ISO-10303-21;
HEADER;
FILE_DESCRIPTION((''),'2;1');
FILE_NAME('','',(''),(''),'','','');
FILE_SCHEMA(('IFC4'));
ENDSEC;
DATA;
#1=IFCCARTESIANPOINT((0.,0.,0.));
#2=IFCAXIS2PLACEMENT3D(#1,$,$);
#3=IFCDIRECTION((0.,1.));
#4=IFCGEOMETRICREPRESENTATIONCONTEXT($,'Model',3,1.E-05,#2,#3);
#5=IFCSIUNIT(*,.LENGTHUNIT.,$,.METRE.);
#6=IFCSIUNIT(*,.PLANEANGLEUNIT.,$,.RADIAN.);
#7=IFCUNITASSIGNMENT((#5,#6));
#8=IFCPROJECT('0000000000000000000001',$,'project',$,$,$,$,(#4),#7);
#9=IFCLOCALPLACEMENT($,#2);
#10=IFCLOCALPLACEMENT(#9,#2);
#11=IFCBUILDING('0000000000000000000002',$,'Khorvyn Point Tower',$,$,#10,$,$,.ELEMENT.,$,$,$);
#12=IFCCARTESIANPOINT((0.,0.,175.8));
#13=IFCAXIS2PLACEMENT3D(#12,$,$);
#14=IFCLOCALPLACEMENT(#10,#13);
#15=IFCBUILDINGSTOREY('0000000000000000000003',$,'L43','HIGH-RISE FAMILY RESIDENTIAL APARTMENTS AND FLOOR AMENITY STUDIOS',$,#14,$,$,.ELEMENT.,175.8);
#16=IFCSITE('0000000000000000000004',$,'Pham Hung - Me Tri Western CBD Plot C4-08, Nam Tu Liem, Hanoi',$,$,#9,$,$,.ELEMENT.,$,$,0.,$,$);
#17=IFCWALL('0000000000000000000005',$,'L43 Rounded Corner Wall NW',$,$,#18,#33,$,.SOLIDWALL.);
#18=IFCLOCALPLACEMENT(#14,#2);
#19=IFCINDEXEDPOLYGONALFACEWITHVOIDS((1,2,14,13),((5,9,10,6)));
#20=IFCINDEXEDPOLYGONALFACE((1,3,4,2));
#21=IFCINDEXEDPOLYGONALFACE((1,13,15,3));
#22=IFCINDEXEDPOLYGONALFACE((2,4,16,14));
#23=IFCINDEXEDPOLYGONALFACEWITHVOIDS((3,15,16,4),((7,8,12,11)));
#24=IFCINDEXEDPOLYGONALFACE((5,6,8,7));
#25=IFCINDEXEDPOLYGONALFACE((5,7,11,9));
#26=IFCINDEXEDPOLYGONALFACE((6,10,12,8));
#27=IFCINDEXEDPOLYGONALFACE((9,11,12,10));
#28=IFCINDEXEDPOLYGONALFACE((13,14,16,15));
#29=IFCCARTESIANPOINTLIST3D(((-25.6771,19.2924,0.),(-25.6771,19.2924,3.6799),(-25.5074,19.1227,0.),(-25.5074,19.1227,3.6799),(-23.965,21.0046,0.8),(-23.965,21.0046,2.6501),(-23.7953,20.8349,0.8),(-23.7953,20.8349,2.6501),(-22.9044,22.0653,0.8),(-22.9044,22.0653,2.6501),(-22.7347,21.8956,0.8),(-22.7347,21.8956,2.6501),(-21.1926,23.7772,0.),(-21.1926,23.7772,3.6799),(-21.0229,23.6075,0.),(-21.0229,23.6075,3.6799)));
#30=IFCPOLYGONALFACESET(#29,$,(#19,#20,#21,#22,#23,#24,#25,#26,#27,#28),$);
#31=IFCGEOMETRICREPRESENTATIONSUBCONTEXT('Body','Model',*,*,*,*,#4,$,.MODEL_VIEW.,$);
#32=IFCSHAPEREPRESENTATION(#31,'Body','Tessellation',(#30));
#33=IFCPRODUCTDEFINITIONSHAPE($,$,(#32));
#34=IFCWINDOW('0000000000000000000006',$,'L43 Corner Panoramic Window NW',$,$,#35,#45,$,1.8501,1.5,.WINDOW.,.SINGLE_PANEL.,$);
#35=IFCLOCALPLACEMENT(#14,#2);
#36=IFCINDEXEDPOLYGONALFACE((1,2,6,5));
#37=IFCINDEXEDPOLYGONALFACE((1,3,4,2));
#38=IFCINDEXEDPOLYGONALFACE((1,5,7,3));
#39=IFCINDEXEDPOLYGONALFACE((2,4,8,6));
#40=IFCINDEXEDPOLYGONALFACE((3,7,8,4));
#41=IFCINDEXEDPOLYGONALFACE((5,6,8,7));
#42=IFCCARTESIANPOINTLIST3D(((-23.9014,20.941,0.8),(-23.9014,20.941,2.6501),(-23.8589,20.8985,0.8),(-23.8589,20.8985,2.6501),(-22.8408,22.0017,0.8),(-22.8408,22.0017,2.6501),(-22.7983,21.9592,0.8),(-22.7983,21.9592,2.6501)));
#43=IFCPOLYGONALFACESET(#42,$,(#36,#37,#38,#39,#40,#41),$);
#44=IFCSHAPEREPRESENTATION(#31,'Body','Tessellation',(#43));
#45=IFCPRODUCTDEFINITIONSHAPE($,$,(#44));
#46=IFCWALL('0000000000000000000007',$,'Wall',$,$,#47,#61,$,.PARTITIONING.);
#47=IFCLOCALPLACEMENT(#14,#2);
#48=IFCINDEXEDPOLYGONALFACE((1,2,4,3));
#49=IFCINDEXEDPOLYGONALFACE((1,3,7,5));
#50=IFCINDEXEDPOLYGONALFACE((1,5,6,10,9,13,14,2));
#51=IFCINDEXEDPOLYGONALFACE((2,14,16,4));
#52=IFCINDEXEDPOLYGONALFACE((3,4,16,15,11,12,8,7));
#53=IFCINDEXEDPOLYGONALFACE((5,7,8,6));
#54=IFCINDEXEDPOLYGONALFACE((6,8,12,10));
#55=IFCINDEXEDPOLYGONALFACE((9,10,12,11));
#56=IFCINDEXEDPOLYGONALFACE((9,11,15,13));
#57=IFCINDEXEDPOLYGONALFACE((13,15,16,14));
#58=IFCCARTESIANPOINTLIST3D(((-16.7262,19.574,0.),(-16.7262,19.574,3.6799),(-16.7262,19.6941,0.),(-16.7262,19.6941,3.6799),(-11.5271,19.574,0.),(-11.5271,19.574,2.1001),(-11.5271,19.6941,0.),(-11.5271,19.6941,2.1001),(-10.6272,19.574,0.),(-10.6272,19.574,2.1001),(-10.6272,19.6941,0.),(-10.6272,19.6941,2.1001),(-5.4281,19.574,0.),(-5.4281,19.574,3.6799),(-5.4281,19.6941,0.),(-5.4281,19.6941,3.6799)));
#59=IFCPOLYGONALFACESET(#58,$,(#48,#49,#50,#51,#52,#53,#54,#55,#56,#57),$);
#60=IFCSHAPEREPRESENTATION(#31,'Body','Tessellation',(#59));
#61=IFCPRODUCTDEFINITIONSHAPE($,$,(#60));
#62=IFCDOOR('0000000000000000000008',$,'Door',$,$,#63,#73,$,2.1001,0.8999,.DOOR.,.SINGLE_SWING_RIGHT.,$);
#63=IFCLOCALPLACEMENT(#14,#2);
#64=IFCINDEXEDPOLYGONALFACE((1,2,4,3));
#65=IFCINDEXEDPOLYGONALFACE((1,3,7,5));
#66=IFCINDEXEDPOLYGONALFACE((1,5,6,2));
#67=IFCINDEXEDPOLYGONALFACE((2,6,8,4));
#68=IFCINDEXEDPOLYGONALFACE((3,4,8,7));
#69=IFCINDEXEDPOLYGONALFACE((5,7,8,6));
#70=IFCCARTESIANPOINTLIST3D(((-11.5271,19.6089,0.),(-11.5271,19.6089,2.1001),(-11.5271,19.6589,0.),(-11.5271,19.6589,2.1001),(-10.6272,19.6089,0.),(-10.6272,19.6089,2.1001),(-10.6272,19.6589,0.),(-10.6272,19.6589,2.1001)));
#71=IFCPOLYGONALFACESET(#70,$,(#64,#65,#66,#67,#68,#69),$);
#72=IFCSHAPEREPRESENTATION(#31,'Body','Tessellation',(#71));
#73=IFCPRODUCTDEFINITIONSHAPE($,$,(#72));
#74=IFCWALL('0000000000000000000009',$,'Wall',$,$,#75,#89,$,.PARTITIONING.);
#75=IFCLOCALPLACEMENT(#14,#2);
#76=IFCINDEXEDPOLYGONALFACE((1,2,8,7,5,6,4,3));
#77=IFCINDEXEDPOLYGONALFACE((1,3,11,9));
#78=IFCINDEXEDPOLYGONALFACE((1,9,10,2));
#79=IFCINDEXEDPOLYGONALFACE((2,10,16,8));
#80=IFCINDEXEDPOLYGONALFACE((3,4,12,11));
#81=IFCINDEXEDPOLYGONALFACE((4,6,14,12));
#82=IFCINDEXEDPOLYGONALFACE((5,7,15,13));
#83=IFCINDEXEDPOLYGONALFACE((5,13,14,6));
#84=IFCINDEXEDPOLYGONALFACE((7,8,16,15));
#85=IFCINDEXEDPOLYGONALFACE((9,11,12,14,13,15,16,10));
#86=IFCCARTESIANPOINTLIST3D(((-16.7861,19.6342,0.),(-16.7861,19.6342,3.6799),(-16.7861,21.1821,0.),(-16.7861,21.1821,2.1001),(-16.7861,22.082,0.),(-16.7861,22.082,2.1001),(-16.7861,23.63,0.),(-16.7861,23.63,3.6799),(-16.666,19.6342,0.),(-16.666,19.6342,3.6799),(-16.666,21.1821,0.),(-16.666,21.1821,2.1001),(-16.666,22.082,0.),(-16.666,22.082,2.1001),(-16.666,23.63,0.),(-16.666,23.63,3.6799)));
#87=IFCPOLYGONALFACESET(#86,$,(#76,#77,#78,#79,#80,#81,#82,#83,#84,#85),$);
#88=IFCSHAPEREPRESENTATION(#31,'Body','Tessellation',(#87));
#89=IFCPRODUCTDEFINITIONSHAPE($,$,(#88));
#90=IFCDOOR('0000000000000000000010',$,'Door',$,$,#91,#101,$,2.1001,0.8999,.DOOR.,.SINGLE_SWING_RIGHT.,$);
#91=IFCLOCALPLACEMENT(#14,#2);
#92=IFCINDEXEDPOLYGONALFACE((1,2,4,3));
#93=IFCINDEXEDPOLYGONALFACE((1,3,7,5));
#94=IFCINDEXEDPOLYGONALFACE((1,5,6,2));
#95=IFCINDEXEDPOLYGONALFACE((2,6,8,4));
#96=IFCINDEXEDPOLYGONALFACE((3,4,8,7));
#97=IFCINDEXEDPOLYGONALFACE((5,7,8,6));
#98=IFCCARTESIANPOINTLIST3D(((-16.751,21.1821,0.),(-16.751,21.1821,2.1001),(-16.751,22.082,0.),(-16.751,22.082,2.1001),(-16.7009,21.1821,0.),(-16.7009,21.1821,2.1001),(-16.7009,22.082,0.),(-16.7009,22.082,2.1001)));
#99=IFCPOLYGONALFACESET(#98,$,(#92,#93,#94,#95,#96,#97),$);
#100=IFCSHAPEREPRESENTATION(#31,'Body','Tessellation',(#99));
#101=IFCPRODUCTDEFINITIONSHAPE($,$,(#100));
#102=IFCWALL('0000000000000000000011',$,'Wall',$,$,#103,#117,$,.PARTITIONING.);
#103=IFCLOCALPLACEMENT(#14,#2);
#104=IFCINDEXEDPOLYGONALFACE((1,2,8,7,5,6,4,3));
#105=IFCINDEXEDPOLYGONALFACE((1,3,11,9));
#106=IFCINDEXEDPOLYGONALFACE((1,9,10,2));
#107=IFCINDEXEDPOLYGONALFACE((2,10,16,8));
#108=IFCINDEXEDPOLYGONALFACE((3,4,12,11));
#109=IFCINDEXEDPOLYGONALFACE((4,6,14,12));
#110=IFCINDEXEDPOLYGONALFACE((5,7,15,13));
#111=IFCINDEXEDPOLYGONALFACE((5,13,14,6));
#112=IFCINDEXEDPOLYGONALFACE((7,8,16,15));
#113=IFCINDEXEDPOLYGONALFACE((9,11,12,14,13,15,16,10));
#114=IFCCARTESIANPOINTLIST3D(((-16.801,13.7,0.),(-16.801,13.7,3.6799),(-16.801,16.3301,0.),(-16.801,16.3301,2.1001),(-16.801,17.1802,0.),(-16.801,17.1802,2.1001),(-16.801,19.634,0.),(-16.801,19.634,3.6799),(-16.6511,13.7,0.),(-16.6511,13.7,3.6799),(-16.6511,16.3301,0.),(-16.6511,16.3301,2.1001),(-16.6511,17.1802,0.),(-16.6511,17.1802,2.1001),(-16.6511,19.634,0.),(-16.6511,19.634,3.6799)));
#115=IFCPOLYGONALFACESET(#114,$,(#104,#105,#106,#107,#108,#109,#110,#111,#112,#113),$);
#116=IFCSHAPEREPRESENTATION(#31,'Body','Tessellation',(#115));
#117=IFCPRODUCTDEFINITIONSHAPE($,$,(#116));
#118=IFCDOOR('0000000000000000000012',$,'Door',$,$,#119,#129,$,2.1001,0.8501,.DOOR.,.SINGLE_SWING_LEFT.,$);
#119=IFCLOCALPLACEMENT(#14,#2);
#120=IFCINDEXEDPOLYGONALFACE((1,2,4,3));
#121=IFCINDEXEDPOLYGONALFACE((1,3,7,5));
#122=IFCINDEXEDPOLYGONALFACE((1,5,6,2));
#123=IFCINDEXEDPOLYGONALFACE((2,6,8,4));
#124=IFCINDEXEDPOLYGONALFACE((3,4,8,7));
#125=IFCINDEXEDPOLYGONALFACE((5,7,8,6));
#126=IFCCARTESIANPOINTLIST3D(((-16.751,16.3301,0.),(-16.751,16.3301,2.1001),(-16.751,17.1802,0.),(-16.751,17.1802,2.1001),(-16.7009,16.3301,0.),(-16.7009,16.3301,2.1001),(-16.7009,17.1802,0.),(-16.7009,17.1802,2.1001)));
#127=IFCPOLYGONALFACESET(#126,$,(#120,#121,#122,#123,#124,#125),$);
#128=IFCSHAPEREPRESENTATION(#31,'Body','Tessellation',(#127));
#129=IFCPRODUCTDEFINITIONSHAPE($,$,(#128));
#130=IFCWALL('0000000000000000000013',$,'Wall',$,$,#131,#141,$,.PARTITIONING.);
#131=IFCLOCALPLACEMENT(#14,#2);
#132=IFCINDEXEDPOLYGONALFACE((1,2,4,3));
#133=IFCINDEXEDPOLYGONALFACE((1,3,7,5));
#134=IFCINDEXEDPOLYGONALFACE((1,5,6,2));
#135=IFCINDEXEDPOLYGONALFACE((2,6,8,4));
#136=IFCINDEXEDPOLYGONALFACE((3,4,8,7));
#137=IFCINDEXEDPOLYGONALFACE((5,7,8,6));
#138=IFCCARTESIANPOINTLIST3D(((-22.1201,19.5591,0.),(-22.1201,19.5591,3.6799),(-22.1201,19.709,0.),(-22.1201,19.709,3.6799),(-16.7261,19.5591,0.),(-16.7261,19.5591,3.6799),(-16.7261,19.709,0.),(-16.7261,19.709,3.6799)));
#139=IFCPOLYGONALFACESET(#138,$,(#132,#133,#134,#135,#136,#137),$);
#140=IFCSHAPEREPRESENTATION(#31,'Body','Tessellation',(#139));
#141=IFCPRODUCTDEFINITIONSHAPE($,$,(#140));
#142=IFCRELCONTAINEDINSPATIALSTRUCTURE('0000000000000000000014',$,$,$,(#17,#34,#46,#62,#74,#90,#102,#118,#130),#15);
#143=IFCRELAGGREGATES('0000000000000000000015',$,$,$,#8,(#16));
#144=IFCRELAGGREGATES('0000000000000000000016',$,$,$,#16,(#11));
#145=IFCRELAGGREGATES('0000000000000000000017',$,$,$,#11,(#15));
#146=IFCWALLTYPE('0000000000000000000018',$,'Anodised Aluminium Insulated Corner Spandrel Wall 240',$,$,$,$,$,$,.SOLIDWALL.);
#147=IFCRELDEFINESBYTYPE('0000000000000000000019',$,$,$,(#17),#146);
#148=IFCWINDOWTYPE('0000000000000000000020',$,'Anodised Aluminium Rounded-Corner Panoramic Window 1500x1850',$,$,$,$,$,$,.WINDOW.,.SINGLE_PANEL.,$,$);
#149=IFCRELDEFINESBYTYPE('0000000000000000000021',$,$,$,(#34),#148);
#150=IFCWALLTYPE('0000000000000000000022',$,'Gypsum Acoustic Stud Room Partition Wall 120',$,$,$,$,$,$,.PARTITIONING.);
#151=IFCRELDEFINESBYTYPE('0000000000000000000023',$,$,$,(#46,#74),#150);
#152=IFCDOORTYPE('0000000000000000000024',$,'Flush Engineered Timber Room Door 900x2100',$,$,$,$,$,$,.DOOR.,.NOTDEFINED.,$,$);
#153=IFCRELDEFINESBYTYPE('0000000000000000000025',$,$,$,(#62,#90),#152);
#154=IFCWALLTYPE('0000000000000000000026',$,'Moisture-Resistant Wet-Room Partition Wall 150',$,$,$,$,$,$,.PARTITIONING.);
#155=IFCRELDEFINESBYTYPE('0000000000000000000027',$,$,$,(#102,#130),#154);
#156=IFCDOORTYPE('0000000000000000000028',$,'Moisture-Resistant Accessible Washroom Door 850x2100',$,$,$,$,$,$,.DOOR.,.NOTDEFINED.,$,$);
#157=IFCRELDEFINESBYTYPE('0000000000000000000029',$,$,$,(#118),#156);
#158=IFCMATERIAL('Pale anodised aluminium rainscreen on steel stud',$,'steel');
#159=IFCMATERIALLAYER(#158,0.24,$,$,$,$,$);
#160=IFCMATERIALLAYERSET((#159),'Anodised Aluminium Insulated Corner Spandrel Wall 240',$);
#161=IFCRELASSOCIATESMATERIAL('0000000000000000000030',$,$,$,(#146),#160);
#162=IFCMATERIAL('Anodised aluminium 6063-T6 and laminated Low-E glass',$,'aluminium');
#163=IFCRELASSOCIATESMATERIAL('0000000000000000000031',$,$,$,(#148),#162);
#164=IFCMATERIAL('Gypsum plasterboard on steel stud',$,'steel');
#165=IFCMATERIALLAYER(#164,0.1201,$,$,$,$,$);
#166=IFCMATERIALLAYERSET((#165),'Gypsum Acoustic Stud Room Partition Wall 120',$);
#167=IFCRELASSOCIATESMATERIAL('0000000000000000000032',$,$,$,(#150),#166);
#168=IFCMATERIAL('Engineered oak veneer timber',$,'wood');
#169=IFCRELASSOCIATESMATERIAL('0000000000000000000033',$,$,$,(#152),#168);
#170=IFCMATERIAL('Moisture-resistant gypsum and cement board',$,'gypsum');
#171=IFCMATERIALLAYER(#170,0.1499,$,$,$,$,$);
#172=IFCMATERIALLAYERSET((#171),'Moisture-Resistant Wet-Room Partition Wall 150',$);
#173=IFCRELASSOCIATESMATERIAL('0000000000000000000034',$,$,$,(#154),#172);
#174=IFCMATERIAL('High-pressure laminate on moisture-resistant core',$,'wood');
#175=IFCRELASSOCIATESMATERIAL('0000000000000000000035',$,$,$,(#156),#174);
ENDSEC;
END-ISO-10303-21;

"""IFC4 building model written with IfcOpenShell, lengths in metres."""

from ifc_helpers import new_model, si_unit, direction, frame, frame_2d, origin, place, context, subcontext, project, spatial, rectangle, extrude, material, layer, layer_set, type_object, element, fill, save


model = new_model("IFC4")

# Units and contexts
model_context = context("Model", 3, precision=1e-05, world=origin(), true_north=direction((0.0, 1.0)))
body_context = subcontext(model_context, "Body", "Model", "MODEL_VIEW")
ifc_project = project(units=[si_unit("LENGTHUNIT", "METRE"), si_unit("PLANEANGLEUNIT", "RADIAN")], contexts=[model_context])

# Site, building, storey
site_placement = place(None, origin())
site = spatial("IfcSite", under=ifc_project, at=site_placement, Name="Pham Hung - Me Tri Western CBD Plot C4-08, Nam Tu Liem, Hanoi", CompositionType="ELEMENT", RefElevation=0.0)
building_placement = place(site_placement, origin())
building = spatial("IfcBuilding", under=site, at=building_placement, Name="Khorvyn Point Tower", CompositionType="ELEMENT")
storey_placement = place(building_placement, frame((0.0, 0.0, 175.8)))
storey = spatial("IfcBuildingStorey", under=building, at=storey_placement, Name="L43", Description="HIGH-RISE FAMILY RESIDENTIAL APARTMENTS AND FLOOR AMENITY STUDIOS", CompositionType="ELEMENT", Elevation=175.8)

# Shared definitions
ifc_material_1 = material(Name="Anodised aluminium 6063-T6 and laminated Low-E glass", Category="aluminium")

# Wall, opening, window
ifc_material_2 = material(Name="Pale anodised aluminium rainscreen on steel stud", Category="steel")
ifc_layer_1 = layer(ifc_material_2, 0.24)
ifc_layer_set_1 = layer_set([ifc_layer_1], Name="Anodised Aluminium Insulated Corner Spandrel Wall 240")
wall_type_1 = type_object("IfcWallType", Name="Anodised Aluminium Insulated Corner Spandrel Wall 240", PredefinedType="SOLIDWALL", material=ifc_layer_set_1)
wall_1_placement = place(storey_placement, frame((-25.5923, 19.2075, 0.0), z_axis=(0.0, 0.0, 1.0), x_axis=(0.707088, 0.707126, 0.0)))
wall_1 = element("IfcWall", 1, at=wall_1_placement, inside=storey, type_object=wall_type_1, Name="L43 Rounded Corner Wall NW", PredefinedType="SOLIDWALL", context=body_context, shape_type="SweptSolid", body=[
    extrude(rectangle(XDim=6.3423, YDim=0.24, at=frame_2d((3.1711, 0.0))), origin(), (0.0, 0.0, 1.0), 3.6799),
])
opening_1_placement = place(wall_1_placement, frame((2.4214, 0.0, 0.8)))
opening_1 = element("IfcOpeningElement", 2, at=opening_1_placement, cuts=wall_1, PredefinedType="OPENING", context=body_context, shape_type="SweptSolid", body=[
    extrude(rectangle(XDim=1.5, YDim=1.8501, at=frame_2d((0.75, 0.925))), frame((0.0, 0.1299, 0.0), z_axis=(0.0, -1.0, 0.0), x_axis=(1.0, 0.0, 0.0)), (0.0, 0.0, 1.0), 0.26),
])
window_type = type_object("IfcWindowType", Name="Anodised Aluminium Rounded-Corner Panoramic Window 1500x1850", PartitioningType="SINGLE_PANEL", PredefinedType="WINDOW", material=ifc_material_1)
window_placement = place(opening_1_placement, origin())
window = element("IfcWindow", 3, at=window_placement, inside=storey, type_object=window_type, Name="L43 Corner Panoramic Window NW", OverallHeight=1.8501, OverallWidth=1.5, PartitioningType="SINGLE_PANEL", PredefinedType="WINDOW", context=body_context, shape_type="SweptSolid", body=[
    extrude(rectangle(XDim=1.5, YDim=1.8501, at=frame_2d((0.75, 0.925))), frame((0.0, 0.03, 0.0), z_axis=(0.0, -1.0, 0.0), x_axis=(1.0, 0.0, 0.0)), (0.0, 0.0, 1.0), 0.0601),
])
fill(opening_1, window)

# Walls, openings, doors
ifc_material_3 = material(Name="Gypsum plasterboard on steel stud", Category="steel")
ifc_layer_2 = layer(ifc_material_3, 0.1201)
ifc_layer_set_2 = layer_set([ifc_layer_2], Name="Gypsum Acoustic Stud Room Partition Wall 120")
wall_type_2 = type_object("IfcWallType", Name="Gypsum Acoustic Stud Room Partition Wall 120", PredefinedType="PARTITIONING", material=ifc_layer_set_2)
wall_2_placement = place(storey_placement, frame((-16.7261, 19.634, 0.0), z_axis=(0.0, 0.0, 1.0), x_axis=(1.0, 0.0, 0.0)))
wall_2 = element("IfcWall", 4, at=wall_2_placement, inside=storey, type_object=wall_type_2, Name="Wall", PredefinedType="PARTITIONING", context=body_context, shape_type="SweptSolid", body=[
    extrude(rectangle(XDim=11.2981, YDim=0.1201, at=frame_2d((5.6489, 0.0))), origin(), (0.0, 0.0, 1.0), 3.6799),
])
opening_2_placement = place(wall_2_placement, frame((5.199, 0.0, 0.0)))
opening_2 = element("IfcOpeningElement", 5, at=opening_2_placement, cuts=wall_2, PredefinedType="OPENING", context=body_context, shape_type="SweptSolid", body=[
    extrude(rectangle(XDim=0.8999, YDim=2.1001, at=frame_2d((0.45, 1.05))), frame((0.0, 0.0701, 0.0), z_axis=(0.0, -1.0, 0.0), x_axis=(1.0, 0.0, 0.0)), (0.0, 0.0, 1.0), 0.1401),
])
ifc_material_4 = material(Name="Engineered oak veneer timber", Category="wood")
door_type_1 = type_object("IfcDoorType", Name="Flush Engineered Timber Room Door 900x2100", OperationType="NOTDEFINED", PredefinedType="DOOR", material=ifc_material_4)
door_1_placement = place(opening_2_placement, origin())
door_1 = element("IfcDoor", 6, at=door_1_placement, inside=storey, type_object=door_type_1, Name="Door", OperationType="SINGLE_SWING_RIGHT", OverallHeight=2.1001, OverallWidth=0.8999, PredefinedType="DOOR", context=body_context, shape_type="SweptSolid", body=[
    extrude(rectangle(XDim=0.8999, YDim=2.1001, at=frame_2d((0.45, 1.05))), frame((0.0, 0.0249, 0.0), z_axis=(0.0, -1.0, 0.0), x_axis=(1.0, 0.0, 0.0)), (0.0, 0.0, 1.0), 0.05),
])
fill(opening_2, door_1)
wall_3_placement = place(storey_placement, frame((-16.7261, 19.634, 0.0), z_axis=(0.0, 0.0, 1.0), x_axis=(0.0, 1.0, 0.0)))
wall_3 = element("IfcWall", 7, at=wall_3_placement, inside=storey, type_object=wall_type_2, Name="Wall", PredefinedType="PARTITIONING", context=body_context, shape_type="SweptSolid", body=[
    extrude(rectangle(XDim=3.9958, YDim=0.1201, at=frame_2d((1.998, 0.0))), origin(), (0.0, 0.0, 1.0), 3.6799),
])
opening_3_placement = place(wall_3_placement, frame((1.5481, 0.0, 0.0)))
opening_3 = element("IfcOpeningElement", 8, at=opening_3_placement, cuts=wall_3, PredefinedType="OPENING", context=body_context, shape_type="SweptSolid", body=[
    extrude(rectangle(XDim=0.8999, YDim=2.1001, at=frame_2d((0.45, 1.05))), frame((0.0, 0.0701, 0.0), z_axis=(0.0, -1.0, 0.0), x_axis=(1.0, 0.0, 0.0)), (0.0, 0.0, 1.0), 0.1401),
])
door_2_placement = place(opening_3_placement, origin())
door_2 = element("IfcDoor", 9, at=door_2_placement, inside=storey, type_object=door_type_1, Name="Door", OperationType="SINGLE_SWING_RIGHT", OverallHeight=2.1001, OverallWidth=0.8999, PredefinedType="DOOR", context=body_context, shape_type="SweptSolid", body=[
    extrude(rectangle(XDim=0.8999, YDim=2.1001, at=frame_2d((0.45, 1.05))), frame((0.0, 0.0249, 0.0), z_axis=(0.0, -1.0, 0.0), x_axis=(1.0, 0.0, 0.0)), (0.0, 0.0, 1.0), 0.05),
])
fill(opening_3, door_2)
ifc_material_5 = material(Name="Moisture-resistant gypsum and cement board", Category="gypsum")
ifc_layer_3 = layer(ifc_material_5, 0.1499)
ifc_layer_set_3 = layer_set([ifc_layer_3], Name="Moisture-Resistant Wet-Room Partition Wall 150")
wall_type_3 = type_object("IfcWallType", Name="Moisture-Resistant Wet-Room Partition Wall 150", PredefinedType="PARTITIONING", material=ifc_layer_set_3)
wall_4_placement = place(storey_placement, frame((-16.7261, 13.7, 0.0), z_axis=(0.0, 0.0, 1.0), x_axis=(0.0, 1.0, 0.0)))
wall_4 = element("IfcWall", 10, at=wall_4_placement, inside=storey, type_object=wall_type_3, Name="Wall", PredefinedType="PARTITIONING", context=body_context, shape_type="SweptSolid", body=[
    extrude(rectangle(XDim=5.9341, YDim=0.1499, at=frame_2d((2.967, 0.0))), origin(), (0.0, 0.0, 1.0), 3.6799),
])
opening_4_placement = place(wall_4_placement, frame((2.6301, 0.0, 0.0)))
opening_4 = element("IfcOpeningElement", 11, at=opening_4_placement, cuts=wall_4, PredefinedType="OPENING", context=body_context, shape_type="SweptSolid", body=[
    extrude(rectangle(XDim=0.8501, YDim=2.1001, at=frame_2d((0.425, 1.05))), frame((0.0, 0.085, 0.0), z_axis=(0.0, -1.0, 0.0), x_axis=(1.0, 0.0, 0.0)), (0.0, 0.0, 1.0), 0.1699),
])
ifc_material_6 = material(Name="High-pressure laminate on moisture-resistant core", Category="wood")
door_type_2 = type_object("IfcDoorType", Name="Moisture-Resistant Accessible Washroom Door 850x2100", OperationType="NOTDEFINED", PredefinedType="DOOR", material=ifc_material_6)
door_3_placement = place(opening_4_placement, origin())
door_3 = element("IfcDoor", 12, at=door_3_placement, inside=storey, type_object=door_type_2, Name="Door", OperationType="SINGLE_SWING_LEFT", OverallHeight=2.1001, OverallWidth=0.8501, PredefinedType="DOOR", context=body_context, shape_type="SweptSolid", body=[
    extrude(rectangle(XDim=0.8501, YDim=2.1001, at=frame_2d((0.425, 1.05))), frame((0.0, 0.0249, 0.0), z_axis=(0.0, -1.0, 0.0), x_axis=(1.0, 0.0, 0.0)), (0.0, 0.0, 1.0), 0.05),
])
fill(opening_4, door_3)

# Wall
wall_5_placement = place(storey_placement, frame((-22.1201, 19.634, 0.0), z_axis=(0.0, 0.0, 1.0), x_axis=(1.0, 0.0, 0.0)))
element("IfcWall", 13, at=wall_5_placement, inside=storey, type_object=wall_type_3, Name="Wall", PredefinedType="PARTITIONING", context=body_context, shape_type="SweptSolid", body=[
    extrude(rectangle(XDim=5.394, YDim=0.1499, at=frame_2d((2.697, 0.0))), origin(), (0.0, 0.0, 1.0), 3.6799),
])

save(model, "model.ifc")
